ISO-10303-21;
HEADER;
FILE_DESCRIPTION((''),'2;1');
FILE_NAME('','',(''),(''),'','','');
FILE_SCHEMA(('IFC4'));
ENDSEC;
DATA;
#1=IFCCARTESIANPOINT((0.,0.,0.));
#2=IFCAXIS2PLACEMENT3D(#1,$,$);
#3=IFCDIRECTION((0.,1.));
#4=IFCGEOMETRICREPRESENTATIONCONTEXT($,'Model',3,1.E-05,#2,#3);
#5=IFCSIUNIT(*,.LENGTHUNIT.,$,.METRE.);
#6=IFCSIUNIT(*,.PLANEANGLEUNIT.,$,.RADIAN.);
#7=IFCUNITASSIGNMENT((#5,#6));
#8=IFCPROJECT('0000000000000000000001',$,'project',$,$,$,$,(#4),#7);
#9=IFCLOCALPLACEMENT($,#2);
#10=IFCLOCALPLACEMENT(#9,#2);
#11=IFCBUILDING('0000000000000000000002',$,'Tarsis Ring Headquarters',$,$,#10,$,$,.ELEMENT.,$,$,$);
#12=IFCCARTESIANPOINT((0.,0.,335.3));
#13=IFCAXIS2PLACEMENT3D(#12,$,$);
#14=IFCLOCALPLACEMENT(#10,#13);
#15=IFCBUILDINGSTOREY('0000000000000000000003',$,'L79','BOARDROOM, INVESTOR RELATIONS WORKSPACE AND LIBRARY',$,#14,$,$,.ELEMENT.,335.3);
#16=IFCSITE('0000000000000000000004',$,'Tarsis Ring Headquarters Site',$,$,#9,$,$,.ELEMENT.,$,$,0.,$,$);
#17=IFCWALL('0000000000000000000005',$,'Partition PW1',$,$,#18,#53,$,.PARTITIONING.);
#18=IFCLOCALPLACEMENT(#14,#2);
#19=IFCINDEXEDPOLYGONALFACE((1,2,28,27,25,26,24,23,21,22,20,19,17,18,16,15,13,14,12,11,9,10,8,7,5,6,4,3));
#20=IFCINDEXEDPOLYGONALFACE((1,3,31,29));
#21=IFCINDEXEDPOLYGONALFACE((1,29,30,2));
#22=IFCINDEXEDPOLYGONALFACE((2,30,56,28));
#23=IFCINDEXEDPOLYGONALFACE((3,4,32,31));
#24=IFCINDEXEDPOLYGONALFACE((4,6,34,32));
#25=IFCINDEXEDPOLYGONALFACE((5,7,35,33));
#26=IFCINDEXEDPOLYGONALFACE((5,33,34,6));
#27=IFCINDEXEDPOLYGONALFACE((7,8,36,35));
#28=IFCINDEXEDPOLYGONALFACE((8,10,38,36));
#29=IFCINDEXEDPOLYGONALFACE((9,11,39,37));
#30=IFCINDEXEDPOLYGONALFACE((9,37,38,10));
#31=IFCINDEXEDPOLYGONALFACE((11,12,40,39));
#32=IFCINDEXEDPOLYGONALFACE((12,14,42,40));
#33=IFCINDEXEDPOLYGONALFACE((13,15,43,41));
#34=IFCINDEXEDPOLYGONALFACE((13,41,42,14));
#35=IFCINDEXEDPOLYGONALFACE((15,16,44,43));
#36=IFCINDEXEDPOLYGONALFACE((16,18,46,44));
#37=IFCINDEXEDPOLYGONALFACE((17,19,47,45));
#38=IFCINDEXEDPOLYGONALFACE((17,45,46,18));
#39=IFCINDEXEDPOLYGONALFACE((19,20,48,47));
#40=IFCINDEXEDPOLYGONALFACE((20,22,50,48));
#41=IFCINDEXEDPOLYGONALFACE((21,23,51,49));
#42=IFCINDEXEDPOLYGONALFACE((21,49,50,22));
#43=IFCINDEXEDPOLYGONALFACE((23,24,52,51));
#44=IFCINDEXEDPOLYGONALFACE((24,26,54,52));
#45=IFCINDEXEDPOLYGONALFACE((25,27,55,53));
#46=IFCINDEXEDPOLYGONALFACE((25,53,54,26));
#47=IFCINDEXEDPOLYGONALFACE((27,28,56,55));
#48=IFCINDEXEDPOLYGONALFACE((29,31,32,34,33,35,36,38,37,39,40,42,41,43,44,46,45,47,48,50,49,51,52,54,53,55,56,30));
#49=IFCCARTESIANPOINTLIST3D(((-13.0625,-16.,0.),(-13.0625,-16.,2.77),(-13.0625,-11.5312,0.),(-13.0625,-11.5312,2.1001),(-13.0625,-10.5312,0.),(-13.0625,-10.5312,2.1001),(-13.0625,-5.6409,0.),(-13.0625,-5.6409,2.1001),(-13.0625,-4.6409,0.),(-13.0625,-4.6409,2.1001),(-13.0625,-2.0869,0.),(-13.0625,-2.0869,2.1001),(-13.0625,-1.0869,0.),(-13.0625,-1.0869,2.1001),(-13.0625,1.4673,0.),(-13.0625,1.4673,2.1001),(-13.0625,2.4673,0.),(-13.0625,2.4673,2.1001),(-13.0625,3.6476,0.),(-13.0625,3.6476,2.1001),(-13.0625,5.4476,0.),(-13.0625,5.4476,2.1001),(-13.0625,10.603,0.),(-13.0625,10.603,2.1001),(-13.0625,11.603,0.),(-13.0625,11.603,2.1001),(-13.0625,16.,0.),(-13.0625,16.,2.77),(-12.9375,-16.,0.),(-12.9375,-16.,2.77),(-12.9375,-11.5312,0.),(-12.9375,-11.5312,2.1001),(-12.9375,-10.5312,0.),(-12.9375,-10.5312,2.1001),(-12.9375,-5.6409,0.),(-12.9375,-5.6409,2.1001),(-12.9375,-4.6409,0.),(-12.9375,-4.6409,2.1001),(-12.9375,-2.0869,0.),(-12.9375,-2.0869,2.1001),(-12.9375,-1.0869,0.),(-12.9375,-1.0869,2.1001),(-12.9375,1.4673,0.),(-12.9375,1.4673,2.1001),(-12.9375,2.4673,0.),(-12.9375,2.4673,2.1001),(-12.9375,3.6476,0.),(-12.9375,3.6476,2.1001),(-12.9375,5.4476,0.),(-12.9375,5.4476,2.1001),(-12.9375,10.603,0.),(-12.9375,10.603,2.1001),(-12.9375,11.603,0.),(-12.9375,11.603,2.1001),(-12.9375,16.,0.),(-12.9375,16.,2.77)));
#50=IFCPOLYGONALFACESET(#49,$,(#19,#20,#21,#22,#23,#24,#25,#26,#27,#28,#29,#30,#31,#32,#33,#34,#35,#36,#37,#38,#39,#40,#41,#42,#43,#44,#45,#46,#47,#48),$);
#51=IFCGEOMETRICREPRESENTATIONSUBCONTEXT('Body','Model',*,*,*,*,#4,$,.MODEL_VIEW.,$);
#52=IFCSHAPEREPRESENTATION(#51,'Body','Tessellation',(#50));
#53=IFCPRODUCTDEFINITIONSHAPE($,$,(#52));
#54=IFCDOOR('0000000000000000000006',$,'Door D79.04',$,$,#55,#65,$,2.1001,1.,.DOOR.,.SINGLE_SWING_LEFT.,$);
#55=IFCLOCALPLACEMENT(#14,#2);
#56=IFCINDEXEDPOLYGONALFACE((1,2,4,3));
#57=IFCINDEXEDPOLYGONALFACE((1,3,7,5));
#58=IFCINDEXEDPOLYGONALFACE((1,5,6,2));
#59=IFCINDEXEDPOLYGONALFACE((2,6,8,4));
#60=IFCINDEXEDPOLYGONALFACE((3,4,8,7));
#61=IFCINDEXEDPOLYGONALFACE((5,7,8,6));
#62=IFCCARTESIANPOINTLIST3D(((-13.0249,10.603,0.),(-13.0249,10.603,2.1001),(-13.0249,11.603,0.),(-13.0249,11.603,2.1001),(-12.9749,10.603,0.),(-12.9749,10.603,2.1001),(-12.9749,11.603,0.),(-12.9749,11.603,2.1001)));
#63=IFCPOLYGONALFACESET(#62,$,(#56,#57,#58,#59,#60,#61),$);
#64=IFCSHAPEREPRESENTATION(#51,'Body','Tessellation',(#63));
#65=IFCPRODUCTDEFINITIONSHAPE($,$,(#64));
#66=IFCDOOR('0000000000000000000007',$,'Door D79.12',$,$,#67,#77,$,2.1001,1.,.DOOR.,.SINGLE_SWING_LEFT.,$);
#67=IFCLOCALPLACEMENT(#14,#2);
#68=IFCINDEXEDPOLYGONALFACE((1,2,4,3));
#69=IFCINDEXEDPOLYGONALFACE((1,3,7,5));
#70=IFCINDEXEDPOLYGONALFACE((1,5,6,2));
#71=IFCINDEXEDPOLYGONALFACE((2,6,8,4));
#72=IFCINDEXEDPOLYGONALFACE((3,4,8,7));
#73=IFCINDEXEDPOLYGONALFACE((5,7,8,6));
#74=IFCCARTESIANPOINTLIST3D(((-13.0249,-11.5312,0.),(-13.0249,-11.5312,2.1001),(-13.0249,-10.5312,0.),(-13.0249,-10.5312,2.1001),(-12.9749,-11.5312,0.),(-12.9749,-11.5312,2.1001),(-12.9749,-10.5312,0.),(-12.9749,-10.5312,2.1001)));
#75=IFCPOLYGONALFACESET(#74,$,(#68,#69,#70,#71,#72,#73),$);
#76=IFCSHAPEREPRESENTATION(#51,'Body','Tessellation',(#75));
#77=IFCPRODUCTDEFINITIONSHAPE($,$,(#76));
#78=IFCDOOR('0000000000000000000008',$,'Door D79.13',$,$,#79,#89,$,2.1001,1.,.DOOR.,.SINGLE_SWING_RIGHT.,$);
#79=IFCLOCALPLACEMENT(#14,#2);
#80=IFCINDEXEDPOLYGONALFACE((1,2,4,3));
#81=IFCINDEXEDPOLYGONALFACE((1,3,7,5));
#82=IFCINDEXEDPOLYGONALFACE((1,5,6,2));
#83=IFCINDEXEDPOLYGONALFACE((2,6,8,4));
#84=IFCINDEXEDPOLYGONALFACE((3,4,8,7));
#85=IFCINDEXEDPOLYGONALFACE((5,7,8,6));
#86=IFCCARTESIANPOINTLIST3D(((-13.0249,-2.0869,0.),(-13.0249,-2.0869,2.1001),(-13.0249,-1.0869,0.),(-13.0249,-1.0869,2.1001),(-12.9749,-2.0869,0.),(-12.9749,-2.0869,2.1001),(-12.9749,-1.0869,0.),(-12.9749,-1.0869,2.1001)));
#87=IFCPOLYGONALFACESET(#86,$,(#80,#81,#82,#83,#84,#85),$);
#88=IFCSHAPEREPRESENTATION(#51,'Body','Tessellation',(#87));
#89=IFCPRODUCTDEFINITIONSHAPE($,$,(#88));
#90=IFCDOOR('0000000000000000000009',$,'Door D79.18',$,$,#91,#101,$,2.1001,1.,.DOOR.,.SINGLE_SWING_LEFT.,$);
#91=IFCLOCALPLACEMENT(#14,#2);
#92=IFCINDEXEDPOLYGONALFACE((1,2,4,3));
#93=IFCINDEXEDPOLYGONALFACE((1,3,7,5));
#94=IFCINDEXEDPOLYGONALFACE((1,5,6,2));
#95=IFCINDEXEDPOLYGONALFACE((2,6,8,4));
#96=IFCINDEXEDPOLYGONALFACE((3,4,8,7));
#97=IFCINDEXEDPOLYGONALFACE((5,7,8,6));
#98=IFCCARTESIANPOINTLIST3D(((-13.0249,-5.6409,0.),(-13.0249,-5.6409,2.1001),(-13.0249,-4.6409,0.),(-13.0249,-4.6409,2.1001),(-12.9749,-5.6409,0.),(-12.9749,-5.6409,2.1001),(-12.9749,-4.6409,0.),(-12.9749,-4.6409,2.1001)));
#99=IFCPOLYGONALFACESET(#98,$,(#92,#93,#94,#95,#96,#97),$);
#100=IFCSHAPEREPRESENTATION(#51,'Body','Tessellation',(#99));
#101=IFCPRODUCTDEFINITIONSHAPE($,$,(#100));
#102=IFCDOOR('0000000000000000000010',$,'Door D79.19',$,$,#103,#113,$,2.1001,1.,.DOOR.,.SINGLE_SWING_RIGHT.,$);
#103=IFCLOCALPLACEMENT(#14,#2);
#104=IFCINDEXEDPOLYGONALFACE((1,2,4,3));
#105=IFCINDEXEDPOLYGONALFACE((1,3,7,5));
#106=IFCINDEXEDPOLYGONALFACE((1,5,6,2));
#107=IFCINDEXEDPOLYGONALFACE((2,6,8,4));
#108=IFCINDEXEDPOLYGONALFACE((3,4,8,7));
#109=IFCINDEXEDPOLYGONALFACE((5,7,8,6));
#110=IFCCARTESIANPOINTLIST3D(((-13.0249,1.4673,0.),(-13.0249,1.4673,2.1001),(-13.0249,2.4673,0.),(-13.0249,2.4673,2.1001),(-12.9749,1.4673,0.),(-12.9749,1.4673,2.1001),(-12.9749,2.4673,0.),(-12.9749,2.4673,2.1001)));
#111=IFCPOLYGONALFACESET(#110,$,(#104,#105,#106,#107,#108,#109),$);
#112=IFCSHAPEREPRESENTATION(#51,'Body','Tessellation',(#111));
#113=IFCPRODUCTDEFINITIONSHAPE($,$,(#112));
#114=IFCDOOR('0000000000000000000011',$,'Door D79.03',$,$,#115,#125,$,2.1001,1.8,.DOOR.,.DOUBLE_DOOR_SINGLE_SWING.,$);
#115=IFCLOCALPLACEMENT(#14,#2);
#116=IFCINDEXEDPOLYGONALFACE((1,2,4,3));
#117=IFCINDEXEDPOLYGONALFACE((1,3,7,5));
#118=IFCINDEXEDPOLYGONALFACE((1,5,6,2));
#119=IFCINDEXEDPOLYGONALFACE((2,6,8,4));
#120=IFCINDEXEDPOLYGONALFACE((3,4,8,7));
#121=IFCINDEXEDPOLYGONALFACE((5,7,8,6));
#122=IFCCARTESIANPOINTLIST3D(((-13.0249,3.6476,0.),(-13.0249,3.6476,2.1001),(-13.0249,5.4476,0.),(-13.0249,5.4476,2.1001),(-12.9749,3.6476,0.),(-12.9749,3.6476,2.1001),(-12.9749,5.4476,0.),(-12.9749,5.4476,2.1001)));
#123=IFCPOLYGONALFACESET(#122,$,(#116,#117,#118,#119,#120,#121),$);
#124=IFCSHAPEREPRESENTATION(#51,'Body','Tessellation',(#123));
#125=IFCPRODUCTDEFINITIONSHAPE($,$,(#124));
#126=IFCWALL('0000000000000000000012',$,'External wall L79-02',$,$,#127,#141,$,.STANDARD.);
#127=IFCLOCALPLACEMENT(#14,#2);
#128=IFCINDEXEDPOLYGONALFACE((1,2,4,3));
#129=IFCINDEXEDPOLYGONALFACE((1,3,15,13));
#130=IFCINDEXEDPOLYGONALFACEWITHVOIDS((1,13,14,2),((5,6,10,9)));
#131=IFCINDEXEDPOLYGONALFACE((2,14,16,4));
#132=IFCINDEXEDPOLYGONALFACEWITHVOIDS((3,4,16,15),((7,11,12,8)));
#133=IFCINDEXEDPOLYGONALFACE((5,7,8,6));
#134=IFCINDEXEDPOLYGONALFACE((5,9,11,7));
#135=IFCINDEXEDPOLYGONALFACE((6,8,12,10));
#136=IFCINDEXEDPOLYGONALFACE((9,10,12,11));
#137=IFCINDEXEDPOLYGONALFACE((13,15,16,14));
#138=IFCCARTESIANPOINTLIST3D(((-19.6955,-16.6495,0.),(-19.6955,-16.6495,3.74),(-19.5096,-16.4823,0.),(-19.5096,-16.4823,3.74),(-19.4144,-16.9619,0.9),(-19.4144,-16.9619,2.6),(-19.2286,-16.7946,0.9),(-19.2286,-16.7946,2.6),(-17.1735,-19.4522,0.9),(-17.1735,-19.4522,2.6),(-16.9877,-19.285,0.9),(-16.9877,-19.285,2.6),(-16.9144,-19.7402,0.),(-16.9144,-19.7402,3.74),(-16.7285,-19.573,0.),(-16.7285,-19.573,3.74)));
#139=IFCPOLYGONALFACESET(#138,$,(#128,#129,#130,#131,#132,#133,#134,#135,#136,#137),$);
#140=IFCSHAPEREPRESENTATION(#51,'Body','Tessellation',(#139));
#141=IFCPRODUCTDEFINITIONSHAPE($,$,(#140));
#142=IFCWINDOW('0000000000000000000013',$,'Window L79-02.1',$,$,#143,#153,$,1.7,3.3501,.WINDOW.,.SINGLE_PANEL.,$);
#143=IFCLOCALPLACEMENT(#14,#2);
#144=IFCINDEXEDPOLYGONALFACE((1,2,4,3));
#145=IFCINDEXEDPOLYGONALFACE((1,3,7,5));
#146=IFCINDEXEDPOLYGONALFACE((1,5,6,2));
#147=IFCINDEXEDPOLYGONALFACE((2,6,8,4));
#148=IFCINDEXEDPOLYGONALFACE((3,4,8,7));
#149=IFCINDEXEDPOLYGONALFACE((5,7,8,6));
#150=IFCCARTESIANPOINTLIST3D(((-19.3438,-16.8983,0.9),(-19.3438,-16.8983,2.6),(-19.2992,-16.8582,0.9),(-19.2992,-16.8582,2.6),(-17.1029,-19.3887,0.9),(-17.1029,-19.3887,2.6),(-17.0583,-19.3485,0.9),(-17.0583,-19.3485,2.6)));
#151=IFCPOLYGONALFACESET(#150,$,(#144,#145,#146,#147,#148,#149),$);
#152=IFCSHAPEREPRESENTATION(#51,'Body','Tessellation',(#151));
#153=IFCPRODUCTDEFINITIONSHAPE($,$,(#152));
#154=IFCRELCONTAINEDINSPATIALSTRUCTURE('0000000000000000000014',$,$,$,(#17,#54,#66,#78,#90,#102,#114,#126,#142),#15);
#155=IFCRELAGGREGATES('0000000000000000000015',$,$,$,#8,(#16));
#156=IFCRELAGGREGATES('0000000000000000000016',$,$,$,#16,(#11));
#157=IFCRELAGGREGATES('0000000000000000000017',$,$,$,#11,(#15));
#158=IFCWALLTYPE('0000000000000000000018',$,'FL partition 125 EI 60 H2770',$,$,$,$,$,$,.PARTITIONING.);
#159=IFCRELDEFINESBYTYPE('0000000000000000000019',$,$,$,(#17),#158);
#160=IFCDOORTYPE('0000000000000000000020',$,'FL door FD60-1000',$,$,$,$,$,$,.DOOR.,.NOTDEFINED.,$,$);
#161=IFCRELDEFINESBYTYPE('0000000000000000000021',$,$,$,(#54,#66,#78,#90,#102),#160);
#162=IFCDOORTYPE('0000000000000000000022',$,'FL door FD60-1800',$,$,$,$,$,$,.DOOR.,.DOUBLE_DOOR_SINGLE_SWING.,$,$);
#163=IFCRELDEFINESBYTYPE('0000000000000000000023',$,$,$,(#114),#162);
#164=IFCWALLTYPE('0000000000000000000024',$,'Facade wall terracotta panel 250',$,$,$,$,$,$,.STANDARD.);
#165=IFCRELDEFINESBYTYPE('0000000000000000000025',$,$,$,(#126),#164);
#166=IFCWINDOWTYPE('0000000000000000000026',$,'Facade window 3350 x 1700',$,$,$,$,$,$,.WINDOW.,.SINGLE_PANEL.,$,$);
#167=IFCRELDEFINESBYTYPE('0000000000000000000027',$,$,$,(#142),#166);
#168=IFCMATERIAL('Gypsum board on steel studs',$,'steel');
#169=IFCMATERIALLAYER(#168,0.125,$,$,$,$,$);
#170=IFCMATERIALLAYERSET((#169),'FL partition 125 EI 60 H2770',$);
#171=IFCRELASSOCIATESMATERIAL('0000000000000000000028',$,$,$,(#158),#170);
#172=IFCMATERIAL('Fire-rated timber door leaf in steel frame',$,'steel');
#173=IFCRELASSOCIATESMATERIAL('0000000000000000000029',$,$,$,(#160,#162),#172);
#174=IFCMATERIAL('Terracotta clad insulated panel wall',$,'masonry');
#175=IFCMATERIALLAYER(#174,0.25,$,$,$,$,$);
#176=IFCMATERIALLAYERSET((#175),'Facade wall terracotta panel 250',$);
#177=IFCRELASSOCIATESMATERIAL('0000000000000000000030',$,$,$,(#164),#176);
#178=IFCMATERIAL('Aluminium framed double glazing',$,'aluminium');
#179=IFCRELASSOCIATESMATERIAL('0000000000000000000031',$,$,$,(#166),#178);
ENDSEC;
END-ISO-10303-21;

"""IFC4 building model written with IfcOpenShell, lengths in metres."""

from ifc_helpers import new_model, si_unit, direction, frame, frame_2d, origin, place, context, subcontext, project, spatial, rectangle, extrude, material, layer, layer_set, type_object, element, fill, save


model = new_model("IFC4")

# Units and contexts
model_context = context("Model", 3, precision=1e-05, world=origin(), true_north=direction((0.0, 1.0)))
body_context = subcontext(model_context, "Body", "Model", "MODEL_VIEW")
ifc_project = project(units=[si_unit("LENGTHUNIT", "METRE"), si_unit("PLANEANGLEUNIT", "RADIAN")], contexts=[model_context])

# Site, building, storey
site_placement = place(None, origin())
site = spatial("IfcSite", under=ifc_project, at=site_placement, Name="Tarsis Ring Headquarters Site", CompositionType="ELEMENT", RefElevation=0.0)
building_placement = place(site_placement, origin())
building = spatial("IfcBuilding", under=site, at=building_placement, Name="Tarsis Ring Headquarters", CompositionType="ELEMENT")
storey_placement = place(building_placement, frame((0.0, 0.0, 335.3)))
storey = spatial("IfcBuildingStorey", under=building, at=storey_placement, Name="L79", Description="BOARDROOM, INVESTOR RELATIONS WORKSPACE AND LIBRARY", CompositionType="ELEMENT", Elevation=335.3)

# Shared definitions
ifc_material_1 = material(Name="Gypsum board on steel studs", Category="steel")

# Wall, openings, doors
ifc_layer_1 = layer(ifc_material_1, 0.125)
ifc_layer_set_1 = layer_set([ifc_layer_1], Name="FL partition 125 EI 60 H2770")
wall_type_1 = type_object("IfcWallType", Name="FL partition 125 EI 60 H2770", PredefinedType="PARTITIONING", material=ifc_layer_set_1)
wall_1_placement = place(storey_placement, frame((-13.0, -16.0, 0.0), z_axis=(0.0, 0.0, 1.0), x_axis=(0.0, 1.0, 0.0)))
wall_1 = element("IfcWall", 1, at=wall_1_placement, inside=storey, type_object=wall_type_1, Name="Partition PW1", PredefinedType="PARTITIONING", context=body_context, shape_type="SweptSolid", body=[
    extrude(rectangle(XDim=32.0, YDim=0.125, at=frame_2d((16.0, 0.0))), origin(), (0.0, 0.0, 1.0), 2.77),
])
opening_1_placement = place(wall_1_placement, frame((19.6477, 0.0, 0.0)))
opening_1 = element("IfcOpeningElement", 2, at=opening_1_placement, cuts=wall_1, PredefinedType="OPENING", context=body_context, shape_type="SweptSolid", body=[
    extrude(rectangle(XDim=1.8, YDim=2.1001, at=frame_2d((0.8999, 1.05))), frame((0.0, 0.0725, 0.0), z_axis=(0.0, -1.0, 0.0), x_axis=(1.0, 0.0, 0.0)), (0.0, 0.0, 1.0), 0.145),
])
opening_2_placement = place(wall_1_placement, frame((26.603, 0.0, 0.0)))
opening_2 = element("IfcOpeningElement", 3, at=opening_2_placement, cuts=wall_1, PredefinedType="OPENING", context=body_context, shape_type="SweptSolid", body=[
    extrude(rectangle(XDim=1.0, YDim=2.1001, at=frame_2d((0.5, 1.05))), frame((0.0, 0.0725, 0.0), z_axis=(0.0, -1.0, 0.0), x_axis=(1.0, 0.0, 0.0)), (0.0, 0.0, 1.0), 0.145),
])
opening_3_placement = place(wall_1_placement, frame((4.4688, 0.0, 0.0)))
opening_3 = element("IfcOpeningElement", 4, at=opening_3_placement, cuts=wall_1, PredefinedType="OPENING", context=body_context, shape_type="SweptSolid", body=[
    extrude(rectangle(XDim=1.0, YDim=2.1001, at=frame_2d((0.5, 1.05))), frame((0.0, 0.0725, 0.0), z_axis=(0.0, -1.0, 0.0), x_axis=(1.0, 0.0, 0.0)), (0.0, 0.0, 1.0), 0.145),
])
opening_4_placement = place(wall_1_placement, frame((13.9131, 0.0, 0.0)))
opening_4 = element("IfcOpeningElement", 5, at=opening_4_placement, cuts=wall_1, PredefinedType="OPENING", context=body_context, shape_type="SweptSolid", body=[
    extrude(rectangle(XDim=1.0, YDim=2.1001, at=frame_2d((0.5, 1.05))), frame((0.0, 0.0725, 0.0), z_axis=(0.0, -1.0, 0.0), x_axis=(1.0, 0.0, 0.0)), (0.0, 0.0, 1.0), 0.145),
])
opening_5_placement = place(wall_1_placement, frame((10.3591, 0.0, 0.0)))
opening_5 = element("IfcOpeningElement", 6, at=opening_5_placement, cuts=wall_1, PredefinedType="OPENING", context=body_context, shape_type="SweptSolid", body=[
    extrude(rectangle(XDim=1.0, YDim=2.1001, at=frame_2d((0.5, 1.05))), frame((0.0, 0.0725, 0.0), z_axis=(0.0, -1.0, 0.0), x_axis=(1.0, 0.0, 0.0)), (0.0, 0.0, 1.0), 0.145),
])
opening_6_placement = place(wall_1_placement, frame((17.4673, 0.0, 0.0)))
opening_6 = element("IfcOpeningElement", 7, at=opening_6_placement, cuts=wall_1, PredefinedType="OPENING", context=body_context, shape_type="SweptSolid", body=[
    extrude(rectangle(XDim=1.0, YDim=2.1001, at=frame_2d((0.5, 1.05))), frame((0.0, 0.0725, 0.0), z_axis=(0.0, -1.0, 0.0), x_axis=(1.0, 0.0, 0.0)), (0.0, 0.0, 1.0), 0.145),
])
ifc_material_2 = material(Name="Fire-rated timber door leaf in steel frame", Category="steel")
door_type_1 = type_object("IfcDoorType", Name="FL door FD60-1000", OperationType="NOTDEFINED", PredefinedType="DOOR", material=ifc_material_2)
door_1_placement = place(opening_2_placement, origin())
door_1 = element("IfcDoor", 8, at=door_1_placement, inside=storey, type_object=door_type_1, Name="Door D79.04", OperationType="SINGLE_SWING_LEFT", OverallHeight=2.1001, OverallWidth=1.0, PredefinedType="DOOR", context=body_context, shape_type="SweptSolid", body=[
    extrude(rectangle(XDim=1.0, YDim=2.1001, at=frame_2d((0.5, 1.05))), frame((0.0, 0.0249, 0.0), z_axis=(0.0, -1.0, 0.0), x_axis=(1.0, 0.0, 0.0)), (0.0, 0.0, 1.0), 0.05),
])
fill(opening_2, door_1)
door_2_placement = place(opening_3_placement, origin())
door_2 = element("IfcDoor", 9, at=door_2_placement, inside=storey, type_object=door_type_1, Name="Door D79.12", OperationType="SINGLE_SWING_LEFT", OverallHeight=2.1001, OverallWidth=1.0, PredefinedType="DOOR", context=body_context, shape_type="SweptSolid", body=[
    extrude(rectangle(XDim=1.0, YDim=2.1001, at=frame_2d((0.5, 1.05))), frame((0.0, 0.0249, 0.0), z_axis=(0.0, -1.0, 0.0), x_axis=(1.0, 0.0, 0.0)), (0.0, 0.0, 1.0), 0.05),
])
fill(opening_3, door_2)
door_3_placement = place(opening_4_placement, origin())
door_3 = element("IfcDoor", 10, at=door_3_placement, inside=storey, type_object=door_type_1, Name="Door D79.13", OperationType="SINGLE_SWING_RIGHT", OverallHeight=2.1001, OverallWidth=1.0, PredefinedType="DOOR", context=body_context, shape_type="SweptSolid", body=[
    extrude(rectangle(XDim=1.0, YDim=2.1001, at=frame_2d((0.5, 1.05))), frame((0.0, 0.0249, 0.0), z_axis=(0.0, -1.0, 0.0), x_axis=(1.0, 0.0, 0.0)), (0.0, 0.0, 1.0), 0.05),
])
fill(opening_4, door_3)
door_4_placement = place(opening_5_placement, origin())
door_4 = element("IfcDoor", 11, at=door_4_placement, inside=storey, type_object=door_type_1, Name="Door D79.18", OperationType="SINGLE_SWING_LEFT", OverallHeight=2.1001, OverallWidth=1.0, PredefinedType="DOOR", context=body_context, shape_type="SweptSolid", body=[
    extrude(rectangle(XDim=1.0, YDim=2.1001, at=frame_2d((0.5, 1.05))), frame((0.0, 0.0249, 0.0), z_axis=(0.0, -1.0, 0.0), x_axis=(1.0, 0.0, 0.0)), (0.0, 0.0, 1.0), 0.05),
])
fill(opening_5, door_4)
door_5_placement = place(opening_6_placement, origin())
door_5 = element("IfcDoor", 12, at=door_5_placement, inside=storey, type_object=door_type_1, Name="Door D79.19", OperationType="SINGLE_SWING_RIGHT", OverallHeight=2.1001, OverallWidth=1.0, PredefinedType="DOOR", context=body_context, shape_type="SweptSolid", body=[
    extrude(rectangle(XDim=1.0, YDim=2.1001, at=frame_2d((0.5, 1.05))), frame((0.0, 0.0249, 0.0), z_axis=(0.0, -1.0, 0.0), x_axis=(1.0, 0.0, 0.0)), (0.0, 0.0, 1.0), 0.05),
])
fill(opening_6, door_5)
door_type_2 = type_object("IfcDoorType", Name="FL door FD60-1800", OperationType="DOUBLE_DOOR_SINGLE_SWING", PredefinedType="DOOR", material=ifc_material_2)
door_6_placement = place(opening_1_placement, origin())
door_6 = element("IfcDoor", 13, at=door_6_placement, inside=storey, type_object=door_type_2, Name="Door D79.03", OperationType="DOUBLE_DOOR_SINGLE_SWING", OverallHeight=2.1001, OverallWidth=1.8, PredefinedType="DOOR", context=body_context, shape_type="SweptSolid", body=[
    extrude(rectangle(XDim=1.8, YDim=2.1001, at=frame_2d((0.8999, 1.05))), frame((0.0, 0.0249, 0.0), z_axis=(0.0, -1.0, 0.0), x_axis=(1.0, 0.0, 0.0)), (0.0, 0.0, 1.0), 0.05),
])
fill(opening_1, door_6)

# Wall, opening, window
ifc_material_3 = material(Name="Terracotta clad insulated panel wall", Category="masonry")
ifc_layer_2 = layer(ifc_material_3, 0.25)
ifc_layer_set_2 = layer_set([ifc_layer_2], Name="Facade wall terracotta panel 250")
wall_type_2 = type_object("IfcWallType", Name="Facade wall terracotta panel 250", PredefinedType="STANDARD", material=ifc_layer_set_2)
wall_2_placement = place(storey_placement, frame((-19.6025, -16.5659, 0.0), z_axis=(0.0, 0.0, 1.0), x_axis=(0.668897, -0.743355, 0.0)))
wall_2 = element("IfcWall", 14, at=wall_2_placement, inside=storey, type_object=wall_type_2, Name="External wall L79-02", PredefinedType="STANDARD", context=body_context, shape_type="SweptSolid", body=[
    extrude(rectangle(XDim=4.1577, YDim=0.25, at=frame_2d((2.0789, 0.0))), origin(), (0.0, 0.0, 1.0), 3.74),
])
opening_7_placement = place(wall_2_placement, frame((0.4202, 0.0, 0.8999)))
opening_7 = element("IfcOpeningElement", 15, at=opening_7_placement, cuts=wall_2, PredefinedType="OPENING", context=body_context, shape_type="SweptSolid", body=[
    extrude(rectangle(XDim=3.3501, YDim=1.7, at=frame_2d((1.675, 0.8501))), frame((0.0, 0.135, 0.0), z_axis=(0.0, -1.0, 0.0), x_axis=(1.0, 0.0, 0.0)), (0.0, 0.0, 1.0), 0.27),
])
ifc_material_4 = material(Name="Aluminium framed double glazing", Category="aluminium")
window_type_1 = type_object("IfcWindowType", Name="Facade window 3350 x 1700", PartitioningType="SINGLE_PANEL", PredefinedType="WINDOW", material=ifc_material_4)
window_1_placement = place(opening_7_placement, origin())
window_1 = element("IfcWindow", 16, at=window_1_placement, inside=storey, type_object=window_type_1, Name="Window L79-02.1", OverallHeight=1.7, OverallWidth=3.3501, PartitioningType="SINGLE_PANEL", PredefinedType="WINDOW", context=body_context, shape_type="SweptSolid", body=[
    extrude(rectangle(XDim=3.3501, YDim=1.7, at=frame_2d((1.675, 0.8501))), frame((0.0, 0.03, 0.0), z_axis=(0.0, -1.0, 0.0), x_axis=(1.0, 0.0, 0.0)), (0.0, 0.0, 1.0), 0.0601),
])
fill(opening_7, window_1)

save(model, "model.ifc")
